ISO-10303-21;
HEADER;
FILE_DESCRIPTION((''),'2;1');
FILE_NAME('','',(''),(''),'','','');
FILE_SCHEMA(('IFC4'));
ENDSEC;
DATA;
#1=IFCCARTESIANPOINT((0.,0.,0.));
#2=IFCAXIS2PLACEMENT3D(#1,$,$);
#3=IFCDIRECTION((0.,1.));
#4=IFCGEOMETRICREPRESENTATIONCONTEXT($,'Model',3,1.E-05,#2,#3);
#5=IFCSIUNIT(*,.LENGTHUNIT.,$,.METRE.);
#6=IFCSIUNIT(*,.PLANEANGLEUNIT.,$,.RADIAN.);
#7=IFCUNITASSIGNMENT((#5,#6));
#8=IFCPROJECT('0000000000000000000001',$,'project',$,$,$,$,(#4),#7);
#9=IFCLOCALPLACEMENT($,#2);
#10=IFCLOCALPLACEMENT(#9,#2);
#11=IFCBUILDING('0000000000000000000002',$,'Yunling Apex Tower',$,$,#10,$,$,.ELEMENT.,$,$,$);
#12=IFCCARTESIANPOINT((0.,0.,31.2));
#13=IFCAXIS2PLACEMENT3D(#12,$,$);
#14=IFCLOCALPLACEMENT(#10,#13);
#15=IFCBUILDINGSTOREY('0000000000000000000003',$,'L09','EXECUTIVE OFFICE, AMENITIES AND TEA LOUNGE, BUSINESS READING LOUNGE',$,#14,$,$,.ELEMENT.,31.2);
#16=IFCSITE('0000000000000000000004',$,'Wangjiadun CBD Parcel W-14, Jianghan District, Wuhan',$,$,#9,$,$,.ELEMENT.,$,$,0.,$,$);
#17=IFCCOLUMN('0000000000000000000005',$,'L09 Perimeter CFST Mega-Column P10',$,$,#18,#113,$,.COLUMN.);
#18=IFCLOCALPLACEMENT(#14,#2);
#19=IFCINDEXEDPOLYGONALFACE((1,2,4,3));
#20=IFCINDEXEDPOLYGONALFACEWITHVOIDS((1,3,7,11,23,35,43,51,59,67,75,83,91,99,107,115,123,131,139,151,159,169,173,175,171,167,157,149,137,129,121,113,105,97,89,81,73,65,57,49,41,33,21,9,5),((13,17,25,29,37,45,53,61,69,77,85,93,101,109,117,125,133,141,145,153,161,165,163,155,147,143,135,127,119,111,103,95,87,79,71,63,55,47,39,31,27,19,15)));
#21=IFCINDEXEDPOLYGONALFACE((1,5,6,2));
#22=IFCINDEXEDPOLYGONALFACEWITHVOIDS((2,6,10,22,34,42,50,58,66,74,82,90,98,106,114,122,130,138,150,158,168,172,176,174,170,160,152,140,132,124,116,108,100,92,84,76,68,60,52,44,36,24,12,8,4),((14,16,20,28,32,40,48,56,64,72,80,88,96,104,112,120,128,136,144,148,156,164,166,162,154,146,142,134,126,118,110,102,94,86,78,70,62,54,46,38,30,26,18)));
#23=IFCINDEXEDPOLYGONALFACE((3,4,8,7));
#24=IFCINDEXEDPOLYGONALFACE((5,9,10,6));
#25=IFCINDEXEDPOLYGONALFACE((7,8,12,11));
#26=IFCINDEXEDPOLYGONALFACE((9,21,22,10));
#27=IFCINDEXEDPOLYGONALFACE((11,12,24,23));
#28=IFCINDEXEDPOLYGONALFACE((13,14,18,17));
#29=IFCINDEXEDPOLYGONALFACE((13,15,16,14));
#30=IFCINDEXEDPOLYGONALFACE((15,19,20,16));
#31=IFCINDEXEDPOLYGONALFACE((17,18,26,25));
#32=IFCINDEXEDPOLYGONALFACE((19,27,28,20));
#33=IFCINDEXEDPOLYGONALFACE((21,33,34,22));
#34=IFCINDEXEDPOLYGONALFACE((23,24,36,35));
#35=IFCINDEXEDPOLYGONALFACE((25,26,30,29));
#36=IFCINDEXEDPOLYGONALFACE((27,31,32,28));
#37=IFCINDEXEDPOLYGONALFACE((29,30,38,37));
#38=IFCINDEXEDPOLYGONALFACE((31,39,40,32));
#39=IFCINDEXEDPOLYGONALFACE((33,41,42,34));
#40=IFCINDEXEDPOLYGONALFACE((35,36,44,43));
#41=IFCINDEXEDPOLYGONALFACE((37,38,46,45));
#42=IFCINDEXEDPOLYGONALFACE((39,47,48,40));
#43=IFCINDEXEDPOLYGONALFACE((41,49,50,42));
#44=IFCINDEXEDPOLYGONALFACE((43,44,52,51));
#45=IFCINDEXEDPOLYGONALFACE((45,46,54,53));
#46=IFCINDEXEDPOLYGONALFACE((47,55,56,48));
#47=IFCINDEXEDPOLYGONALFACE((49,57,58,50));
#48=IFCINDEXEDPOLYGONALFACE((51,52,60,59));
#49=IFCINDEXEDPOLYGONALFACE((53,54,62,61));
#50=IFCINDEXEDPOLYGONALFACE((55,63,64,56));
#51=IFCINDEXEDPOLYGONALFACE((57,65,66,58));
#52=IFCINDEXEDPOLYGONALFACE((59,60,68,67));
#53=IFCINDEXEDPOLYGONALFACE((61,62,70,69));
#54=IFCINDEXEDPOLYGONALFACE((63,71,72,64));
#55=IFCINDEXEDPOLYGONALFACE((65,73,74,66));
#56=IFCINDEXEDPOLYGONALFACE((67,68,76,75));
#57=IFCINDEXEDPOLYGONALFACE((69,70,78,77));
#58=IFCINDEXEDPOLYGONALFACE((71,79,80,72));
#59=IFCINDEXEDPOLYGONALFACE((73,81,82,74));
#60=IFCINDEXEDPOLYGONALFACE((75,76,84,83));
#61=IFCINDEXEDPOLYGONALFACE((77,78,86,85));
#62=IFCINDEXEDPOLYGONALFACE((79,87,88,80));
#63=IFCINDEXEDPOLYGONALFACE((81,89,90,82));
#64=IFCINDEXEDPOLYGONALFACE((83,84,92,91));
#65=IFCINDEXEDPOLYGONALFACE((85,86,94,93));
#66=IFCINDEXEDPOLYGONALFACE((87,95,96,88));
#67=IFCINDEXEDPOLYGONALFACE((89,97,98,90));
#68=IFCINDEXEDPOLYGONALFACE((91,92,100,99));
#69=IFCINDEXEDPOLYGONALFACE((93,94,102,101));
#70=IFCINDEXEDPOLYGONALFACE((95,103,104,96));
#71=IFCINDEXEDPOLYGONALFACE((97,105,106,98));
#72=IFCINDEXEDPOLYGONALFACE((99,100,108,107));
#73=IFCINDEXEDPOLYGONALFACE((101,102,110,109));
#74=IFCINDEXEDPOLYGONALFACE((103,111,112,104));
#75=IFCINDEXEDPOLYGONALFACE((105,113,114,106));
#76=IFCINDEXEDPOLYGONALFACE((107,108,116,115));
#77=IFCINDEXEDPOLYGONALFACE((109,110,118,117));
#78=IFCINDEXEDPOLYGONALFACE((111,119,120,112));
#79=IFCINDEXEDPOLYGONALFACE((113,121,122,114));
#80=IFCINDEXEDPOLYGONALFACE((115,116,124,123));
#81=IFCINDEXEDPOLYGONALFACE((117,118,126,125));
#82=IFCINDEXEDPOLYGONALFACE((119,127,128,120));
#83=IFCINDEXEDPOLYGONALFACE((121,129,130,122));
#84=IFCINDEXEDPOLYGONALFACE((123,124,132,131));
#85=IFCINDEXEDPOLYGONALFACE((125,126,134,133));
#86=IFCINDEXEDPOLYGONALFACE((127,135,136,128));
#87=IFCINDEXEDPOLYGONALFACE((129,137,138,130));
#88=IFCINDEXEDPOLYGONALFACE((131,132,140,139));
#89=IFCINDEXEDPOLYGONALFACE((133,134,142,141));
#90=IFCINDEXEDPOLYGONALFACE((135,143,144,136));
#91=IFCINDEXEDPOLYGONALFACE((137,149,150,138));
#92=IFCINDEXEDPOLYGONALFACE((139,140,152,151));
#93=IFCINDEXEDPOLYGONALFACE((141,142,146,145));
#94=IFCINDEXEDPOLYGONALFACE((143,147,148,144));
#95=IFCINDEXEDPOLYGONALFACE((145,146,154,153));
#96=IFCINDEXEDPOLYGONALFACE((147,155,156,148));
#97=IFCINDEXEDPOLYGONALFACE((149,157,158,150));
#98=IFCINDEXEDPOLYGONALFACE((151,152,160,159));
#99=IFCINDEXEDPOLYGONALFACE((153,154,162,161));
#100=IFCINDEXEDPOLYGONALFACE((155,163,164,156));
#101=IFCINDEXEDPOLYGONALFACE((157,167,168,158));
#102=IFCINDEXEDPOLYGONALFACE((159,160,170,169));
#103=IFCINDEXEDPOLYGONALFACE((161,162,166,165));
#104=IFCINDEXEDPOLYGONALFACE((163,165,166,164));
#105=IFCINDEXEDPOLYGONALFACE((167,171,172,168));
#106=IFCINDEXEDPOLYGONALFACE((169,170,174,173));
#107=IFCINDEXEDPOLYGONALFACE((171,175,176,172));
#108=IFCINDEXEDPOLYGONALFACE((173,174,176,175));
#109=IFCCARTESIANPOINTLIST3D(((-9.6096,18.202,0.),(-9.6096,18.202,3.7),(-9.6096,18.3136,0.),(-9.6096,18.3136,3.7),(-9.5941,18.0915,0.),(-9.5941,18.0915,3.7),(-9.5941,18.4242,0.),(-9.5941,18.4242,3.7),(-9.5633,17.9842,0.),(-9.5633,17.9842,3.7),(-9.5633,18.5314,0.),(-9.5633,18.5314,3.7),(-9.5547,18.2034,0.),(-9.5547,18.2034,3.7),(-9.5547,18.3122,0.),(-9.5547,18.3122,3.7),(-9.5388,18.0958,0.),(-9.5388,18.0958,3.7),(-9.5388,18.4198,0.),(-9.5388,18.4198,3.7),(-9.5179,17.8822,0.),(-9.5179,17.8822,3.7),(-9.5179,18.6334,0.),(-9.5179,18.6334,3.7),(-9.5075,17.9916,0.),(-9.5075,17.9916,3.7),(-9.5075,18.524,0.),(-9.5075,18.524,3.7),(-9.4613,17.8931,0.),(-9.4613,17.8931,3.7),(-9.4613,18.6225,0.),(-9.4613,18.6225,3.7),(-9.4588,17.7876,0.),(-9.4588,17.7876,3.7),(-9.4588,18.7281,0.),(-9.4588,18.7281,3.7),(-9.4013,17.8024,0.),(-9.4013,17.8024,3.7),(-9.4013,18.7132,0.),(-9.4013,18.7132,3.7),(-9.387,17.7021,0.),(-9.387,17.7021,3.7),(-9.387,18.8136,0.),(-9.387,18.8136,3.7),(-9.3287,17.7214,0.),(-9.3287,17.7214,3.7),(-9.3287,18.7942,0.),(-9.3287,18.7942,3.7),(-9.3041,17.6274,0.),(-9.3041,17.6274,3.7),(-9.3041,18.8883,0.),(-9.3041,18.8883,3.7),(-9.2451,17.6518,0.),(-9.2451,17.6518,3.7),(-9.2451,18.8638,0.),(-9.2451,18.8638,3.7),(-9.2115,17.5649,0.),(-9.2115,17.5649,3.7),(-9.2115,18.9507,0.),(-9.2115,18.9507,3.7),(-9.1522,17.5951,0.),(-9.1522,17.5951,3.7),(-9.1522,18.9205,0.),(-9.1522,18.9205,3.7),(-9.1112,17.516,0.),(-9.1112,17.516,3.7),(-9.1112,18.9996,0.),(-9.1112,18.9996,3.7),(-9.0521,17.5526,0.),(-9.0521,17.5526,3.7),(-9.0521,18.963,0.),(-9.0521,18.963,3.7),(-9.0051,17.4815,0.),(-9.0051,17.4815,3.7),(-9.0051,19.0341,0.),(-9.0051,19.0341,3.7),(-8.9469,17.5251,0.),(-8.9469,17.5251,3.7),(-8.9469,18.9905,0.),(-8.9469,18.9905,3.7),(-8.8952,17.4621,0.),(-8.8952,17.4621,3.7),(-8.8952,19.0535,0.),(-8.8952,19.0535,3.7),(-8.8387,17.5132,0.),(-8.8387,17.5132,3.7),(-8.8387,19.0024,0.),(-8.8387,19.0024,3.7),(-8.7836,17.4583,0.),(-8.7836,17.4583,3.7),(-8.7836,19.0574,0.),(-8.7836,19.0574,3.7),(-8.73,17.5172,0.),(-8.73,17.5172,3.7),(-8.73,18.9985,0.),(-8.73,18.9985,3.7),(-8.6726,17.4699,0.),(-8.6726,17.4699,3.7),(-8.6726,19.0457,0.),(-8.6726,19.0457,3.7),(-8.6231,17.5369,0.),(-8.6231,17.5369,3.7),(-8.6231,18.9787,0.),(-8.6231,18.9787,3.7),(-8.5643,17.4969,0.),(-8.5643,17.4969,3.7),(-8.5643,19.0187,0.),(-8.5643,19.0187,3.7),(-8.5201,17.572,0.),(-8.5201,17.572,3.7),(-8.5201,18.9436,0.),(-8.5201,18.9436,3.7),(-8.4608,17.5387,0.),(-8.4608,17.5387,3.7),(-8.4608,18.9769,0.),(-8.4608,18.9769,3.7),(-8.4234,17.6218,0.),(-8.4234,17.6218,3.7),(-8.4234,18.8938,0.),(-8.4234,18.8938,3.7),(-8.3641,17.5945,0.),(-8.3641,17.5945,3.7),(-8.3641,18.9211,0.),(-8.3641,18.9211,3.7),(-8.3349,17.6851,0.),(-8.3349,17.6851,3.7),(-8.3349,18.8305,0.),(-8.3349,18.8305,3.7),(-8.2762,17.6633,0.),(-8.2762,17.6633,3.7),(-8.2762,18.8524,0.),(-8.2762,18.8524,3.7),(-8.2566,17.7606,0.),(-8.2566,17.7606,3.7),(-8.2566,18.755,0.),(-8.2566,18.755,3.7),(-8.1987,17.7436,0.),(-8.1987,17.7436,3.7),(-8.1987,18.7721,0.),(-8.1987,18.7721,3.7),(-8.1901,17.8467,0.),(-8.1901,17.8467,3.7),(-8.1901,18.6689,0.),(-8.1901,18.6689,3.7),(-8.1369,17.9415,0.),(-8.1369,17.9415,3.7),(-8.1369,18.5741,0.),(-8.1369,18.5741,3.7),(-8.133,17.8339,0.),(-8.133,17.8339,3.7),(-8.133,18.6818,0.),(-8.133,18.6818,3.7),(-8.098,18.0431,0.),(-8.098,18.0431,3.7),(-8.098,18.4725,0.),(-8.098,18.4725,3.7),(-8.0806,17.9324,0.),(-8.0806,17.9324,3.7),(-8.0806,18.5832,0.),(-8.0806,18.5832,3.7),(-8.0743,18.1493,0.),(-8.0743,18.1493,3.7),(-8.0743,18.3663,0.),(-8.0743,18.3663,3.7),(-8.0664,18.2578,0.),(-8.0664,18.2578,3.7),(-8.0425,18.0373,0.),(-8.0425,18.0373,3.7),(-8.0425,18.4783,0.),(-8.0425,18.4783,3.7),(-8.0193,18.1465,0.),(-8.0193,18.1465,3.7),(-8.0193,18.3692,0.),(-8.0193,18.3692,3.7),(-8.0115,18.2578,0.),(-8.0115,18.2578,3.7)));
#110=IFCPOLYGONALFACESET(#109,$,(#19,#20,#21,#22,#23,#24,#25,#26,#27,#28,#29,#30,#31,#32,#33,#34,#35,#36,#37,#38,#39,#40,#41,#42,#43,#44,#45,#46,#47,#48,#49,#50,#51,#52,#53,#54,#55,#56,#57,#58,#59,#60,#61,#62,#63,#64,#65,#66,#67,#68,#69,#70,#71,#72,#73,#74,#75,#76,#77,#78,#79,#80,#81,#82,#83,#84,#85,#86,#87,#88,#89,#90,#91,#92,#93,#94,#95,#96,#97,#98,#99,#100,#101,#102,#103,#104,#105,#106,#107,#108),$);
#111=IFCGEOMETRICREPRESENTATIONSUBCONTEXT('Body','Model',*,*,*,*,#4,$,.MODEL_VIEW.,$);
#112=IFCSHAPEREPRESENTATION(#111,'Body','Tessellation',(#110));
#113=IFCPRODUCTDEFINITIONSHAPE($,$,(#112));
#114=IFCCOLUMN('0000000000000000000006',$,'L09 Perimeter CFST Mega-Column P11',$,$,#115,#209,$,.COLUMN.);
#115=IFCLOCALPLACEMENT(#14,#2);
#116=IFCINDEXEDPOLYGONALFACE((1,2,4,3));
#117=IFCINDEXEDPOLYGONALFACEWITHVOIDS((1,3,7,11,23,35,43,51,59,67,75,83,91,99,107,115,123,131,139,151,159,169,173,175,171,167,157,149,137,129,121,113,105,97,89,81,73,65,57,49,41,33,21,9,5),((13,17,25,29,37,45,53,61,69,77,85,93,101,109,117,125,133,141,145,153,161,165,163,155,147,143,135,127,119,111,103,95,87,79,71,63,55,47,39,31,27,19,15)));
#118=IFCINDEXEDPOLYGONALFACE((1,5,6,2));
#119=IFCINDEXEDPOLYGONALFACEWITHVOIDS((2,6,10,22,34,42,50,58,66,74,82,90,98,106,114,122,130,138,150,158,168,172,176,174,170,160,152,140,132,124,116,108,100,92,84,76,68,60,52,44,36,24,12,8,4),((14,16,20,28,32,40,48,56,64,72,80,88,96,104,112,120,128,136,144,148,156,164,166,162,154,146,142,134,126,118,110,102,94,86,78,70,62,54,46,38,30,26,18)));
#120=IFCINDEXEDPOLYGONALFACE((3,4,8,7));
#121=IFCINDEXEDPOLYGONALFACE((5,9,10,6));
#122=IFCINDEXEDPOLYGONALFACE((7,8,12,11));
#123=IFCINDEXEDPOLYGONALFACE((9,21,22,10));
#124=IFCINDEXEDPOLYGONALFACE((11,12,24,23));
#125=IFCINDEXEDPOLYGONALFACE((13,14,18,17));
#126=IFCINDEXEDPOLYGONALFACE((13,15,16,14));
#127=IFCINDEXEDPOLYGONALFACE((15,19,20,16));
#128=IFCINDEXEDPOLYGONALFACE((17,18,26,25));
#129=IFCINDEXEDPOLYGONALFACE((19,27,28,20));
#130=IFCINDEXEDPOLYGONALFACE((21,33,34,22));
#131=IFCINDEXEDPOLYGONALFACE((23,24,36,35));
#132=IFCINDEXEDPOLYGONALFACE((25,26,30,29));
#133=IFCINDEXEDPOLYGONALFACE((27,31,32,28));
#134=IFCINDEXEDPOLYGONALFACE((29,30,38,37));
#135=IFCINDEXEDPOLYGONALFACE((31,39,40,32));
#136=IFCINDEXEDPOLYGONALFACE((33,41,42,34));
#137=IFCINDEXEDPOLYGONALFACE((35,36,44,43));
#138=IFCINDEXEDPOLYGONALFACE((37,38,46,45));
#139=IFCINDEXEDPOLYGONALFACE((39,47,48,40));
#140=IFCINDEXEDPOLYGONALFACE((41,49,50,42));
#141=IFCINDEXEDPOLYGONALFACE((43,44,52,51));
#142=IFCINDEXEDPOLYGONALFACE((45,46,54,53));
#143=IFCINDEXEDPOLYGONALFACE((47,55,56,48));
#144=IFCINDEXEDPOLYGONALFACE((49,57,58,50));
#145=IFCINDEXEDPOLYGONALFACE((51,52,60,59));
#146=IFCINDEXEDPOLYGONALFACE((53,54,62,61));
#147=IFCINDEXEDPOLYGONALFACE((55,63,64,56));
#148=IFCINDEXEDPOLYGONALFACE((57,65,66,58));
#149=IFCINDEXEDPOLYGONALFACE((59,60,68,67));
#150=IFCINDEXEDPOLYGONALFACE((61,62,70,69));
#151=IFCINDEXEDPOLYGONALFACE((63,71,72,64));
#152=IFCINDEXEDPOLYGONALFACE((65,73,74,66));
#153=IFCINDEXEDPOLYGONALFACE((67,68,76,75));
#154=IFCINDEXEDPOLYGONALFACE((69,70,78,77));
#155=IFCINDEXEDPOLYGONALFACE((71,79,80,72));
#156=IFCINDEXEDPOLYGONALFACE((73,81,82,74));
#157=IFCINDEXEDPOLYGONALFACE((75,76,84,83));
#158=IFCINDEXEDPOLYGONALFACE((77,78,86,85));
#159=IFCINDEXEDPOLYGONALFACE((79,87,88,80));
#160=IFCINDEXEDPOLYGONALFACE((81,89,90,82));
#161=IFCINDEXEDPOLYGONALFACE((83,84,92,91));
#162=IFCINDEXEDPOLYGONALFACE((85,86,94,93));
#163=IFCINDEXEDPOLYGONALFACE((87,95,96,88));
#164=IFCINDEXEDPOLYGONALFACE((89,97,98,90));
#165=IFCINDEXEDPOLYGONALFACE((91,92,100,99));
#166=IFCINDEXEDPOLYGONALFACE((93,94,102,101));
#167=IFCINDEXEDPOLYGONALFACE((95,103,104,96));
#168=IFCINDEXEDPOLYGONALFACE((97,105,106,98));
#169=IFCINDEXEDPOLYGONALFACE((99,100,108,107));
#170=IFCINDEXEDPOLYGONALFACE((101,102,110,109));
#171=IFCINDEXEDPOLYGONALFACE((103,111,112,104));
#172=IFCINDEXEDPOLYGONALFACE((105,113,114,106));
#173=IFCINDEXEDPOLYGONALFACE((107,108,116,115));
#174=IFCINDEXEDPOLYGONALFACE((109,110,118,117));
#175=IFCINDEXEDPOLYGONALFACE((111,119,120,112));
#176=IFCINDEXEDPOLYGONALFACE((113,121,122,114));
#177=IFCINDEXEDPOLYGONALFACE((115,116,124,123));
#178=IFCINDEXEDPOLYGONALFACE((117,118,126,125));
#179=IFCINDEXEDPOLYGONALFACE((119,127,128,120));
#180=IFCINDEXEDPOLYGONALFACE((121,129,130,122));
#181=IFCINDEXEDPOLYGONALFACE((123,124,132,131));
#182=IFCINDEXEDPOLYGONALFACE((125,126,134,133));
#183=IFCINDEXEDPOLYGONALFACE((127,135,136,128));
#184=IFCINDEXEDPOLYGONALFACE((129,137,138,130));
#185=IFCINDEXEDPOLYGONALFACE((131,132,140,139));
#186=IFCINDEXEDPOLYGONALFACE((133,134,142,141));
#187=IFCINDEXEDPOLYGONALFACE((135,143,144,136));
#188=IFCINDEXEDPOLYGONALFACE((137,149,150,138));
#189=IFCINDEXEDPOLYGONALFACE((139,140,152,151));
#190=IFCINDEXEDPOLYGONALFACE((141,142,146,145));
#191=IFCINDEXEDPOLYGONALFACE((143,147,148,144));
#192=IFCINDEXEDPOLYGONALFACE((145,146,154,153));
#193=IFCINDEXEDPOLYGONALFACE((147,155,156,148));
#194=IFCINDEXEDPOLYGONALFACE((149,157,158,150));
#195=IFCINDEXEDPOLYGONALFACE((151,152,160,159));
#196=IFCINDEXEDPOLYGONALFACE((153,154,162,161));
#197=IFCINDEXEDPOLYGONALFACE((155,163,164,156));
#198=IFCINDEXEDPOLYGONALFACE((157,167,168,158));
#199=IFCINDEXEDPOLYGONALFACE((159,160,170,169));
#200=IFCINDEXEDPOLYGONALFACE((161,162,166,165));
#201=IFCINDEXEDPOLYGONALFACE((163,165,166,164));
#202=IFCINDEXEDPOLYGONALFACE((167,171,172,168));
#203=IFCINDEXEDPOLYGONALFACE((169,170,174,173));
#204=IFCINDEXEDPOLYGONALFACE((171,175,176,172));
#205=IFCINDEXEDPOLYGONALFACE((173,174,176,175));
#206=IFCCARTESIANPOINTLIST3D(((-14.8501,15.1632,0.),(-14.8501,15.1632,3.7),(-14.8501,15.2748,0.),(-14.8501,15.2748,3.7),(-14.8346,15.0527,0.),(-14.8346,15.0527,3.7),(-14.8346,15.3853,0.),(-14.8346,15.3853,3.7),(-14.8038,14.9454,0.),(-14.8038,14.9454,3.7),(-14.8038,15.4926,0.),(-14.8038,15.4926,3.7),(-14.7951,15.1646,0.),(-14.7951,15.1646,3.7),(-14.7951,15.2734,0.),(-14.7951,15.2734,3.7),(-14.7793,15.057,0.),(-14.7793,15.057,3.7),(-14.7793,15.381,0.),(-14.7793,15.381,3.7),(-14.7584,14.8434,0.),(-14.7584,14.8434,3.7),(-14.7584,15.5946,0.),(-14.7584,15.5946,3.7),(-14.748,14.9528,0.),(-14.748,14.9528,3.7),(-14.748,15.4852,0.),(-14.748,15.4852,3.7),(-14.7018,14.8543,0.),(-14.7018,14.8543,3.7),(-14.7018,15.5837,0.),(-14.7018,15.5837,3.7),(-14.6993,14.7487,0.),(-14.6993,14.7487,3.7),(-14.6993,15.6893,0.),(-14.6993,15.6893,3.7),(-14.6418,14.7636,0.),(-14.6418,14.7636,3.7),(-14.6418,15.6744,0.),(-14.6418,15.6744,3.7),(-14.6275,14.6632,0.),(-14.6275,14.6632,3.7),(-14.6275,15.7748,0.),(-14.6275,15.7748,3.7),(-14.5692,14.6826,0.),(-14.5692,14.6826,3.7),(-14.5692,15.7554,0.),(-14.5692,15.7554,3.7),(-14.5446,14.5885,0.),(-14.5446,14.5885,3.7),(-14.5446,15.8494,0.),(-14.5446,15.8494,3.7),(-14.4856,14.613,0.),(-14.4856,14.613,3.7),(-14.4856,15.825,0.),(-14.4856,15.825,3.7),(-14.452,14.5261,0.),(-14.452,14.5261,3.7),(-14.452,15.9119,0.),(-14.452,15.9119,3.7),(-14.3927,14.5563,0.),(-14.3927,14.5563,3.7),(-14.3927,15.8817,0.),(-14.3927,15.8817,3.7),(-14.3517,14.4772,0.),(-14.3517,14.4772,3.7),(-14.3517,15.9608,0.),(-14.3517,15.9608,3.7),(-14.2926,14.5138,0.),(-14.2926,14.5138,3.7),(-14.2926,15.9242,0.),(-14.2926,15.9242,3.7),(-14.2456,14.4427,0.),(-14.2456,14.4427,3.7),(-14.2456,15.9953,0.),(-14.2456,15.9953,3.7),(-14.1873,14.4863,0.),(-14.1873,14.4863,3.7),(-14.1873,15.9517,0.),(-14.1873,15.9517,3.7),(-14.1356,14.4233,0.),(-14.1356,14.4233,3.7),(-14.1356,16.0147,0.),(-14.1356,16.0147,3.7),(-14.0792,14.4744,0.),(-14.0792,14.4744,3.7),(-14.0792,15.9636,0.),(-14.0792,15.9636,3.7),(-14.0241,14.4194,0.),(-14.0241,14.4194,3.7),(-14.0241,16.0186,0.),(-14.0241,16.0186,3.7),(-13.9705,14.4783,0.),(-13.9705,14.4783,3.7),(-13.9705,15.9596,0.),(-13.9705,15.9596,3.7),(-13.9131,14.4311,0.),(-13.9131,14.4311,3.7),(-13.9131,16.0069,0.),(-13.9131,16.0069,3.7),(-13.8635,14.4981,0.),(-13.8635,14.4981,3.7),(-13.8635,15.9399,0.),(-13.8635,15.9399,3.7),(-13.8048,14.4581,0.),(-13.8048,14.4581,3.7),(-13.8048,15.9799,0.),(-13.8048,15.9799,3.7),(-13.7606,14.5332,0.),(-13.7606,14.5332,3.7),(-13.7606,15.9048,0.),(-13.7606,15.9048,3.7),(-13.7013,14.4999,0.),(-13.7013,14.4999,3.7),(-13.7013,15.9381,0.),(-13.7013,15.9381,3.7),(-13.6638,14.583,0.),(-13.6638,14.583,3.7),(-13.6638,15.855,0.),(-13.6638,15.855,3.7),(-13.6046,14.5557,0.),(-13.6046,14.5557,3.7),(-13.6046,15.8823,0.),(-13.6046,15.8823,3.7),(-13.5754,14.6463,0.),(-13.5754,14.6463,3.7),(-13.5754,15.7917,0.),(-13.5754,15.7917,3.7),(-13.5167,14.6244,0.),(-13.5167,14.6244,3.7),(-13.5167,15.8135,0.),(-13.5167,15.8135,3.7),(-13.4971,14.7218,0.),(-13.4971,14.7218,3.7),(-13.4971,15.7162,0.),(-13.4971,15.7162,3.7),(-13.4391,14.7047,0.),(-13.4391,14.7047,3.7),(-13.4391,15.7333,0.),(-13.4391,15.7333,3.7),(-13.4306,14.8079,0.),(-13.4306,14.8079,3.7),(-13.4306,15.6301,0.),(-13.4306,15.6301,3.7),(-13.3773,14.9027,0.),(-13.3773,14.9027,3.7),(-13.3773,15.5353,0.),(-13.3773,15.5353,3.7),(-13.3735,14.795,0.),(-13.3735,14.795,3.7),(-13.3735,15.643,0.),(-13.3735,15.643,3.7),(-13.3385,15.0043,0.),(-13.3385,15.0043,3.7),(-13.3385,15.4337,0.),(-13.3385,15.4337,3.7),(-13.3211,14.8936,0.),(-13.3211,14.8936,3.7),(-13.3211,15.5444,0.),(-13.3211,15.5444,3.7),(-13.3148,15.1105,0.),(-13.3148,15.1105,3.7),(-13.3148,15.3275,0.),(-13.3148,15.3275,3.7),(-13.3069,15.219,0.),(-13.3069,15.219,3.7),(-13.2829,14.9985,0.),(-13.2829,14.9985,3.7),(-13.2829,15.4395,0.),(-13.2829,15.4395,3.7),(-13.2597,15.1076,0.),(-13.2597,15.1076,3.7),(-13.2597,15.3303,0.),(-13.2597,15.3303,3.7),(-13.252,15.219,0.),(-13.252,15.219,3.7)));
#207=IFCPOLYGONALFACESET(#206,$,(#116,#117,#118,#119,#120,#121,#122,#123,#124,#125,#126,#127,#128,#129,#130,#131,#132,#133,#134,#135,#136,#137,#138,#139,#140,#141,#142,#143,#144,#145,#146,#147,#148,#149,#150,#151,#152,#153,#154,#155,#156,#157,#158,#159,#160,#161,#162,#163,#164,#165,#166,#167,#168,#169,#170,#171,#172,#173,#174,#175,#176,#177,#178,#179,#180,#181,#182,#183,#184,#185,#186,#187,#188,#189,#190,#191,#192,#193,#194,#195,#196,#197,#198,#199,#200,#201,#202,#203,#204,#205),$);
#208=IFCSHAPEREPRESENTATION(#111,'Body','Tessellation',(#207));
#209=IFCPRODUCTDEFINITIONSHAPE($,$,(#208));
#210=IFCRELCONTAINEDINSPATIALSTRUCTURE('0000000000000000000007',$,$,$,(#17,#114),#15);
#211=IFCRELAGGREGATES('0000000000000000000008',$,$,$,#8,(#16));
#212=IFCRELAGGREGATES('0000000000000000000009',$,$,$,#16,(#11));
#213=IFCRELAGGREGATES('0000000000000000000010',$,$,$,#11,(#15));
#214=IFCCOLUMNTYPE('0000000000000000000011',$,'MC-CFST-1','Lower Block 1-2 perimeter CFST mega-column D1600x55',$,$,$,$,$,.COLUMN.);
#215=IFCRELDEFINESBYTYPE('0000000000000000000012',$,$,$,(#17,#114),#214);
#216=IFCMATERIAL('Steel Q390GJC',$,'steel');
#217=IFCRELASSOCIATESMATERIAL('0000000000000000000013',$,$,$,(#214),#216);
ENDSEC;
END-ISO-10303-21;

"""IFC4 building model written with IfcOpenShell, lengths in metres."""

from ifc_helpers import new_model, si_unit, direction, frame, origin, origin_2d, place, context, subcontext, project, spatial, hollow_circle, extrude, source, transform, mapped, material, material_profile, profile_set, type_object, element, save


model = new_model("IFC4")

# Units and contexts
model_context = context("Model", 3, precision=1e-05, world=origin(), true_north=direction((0.0, 1.0)))
body_context = subcontext(model_context, "Body", "Model", "MODEL_VIEW")
ifc_project = project(units=[si_unit("LENGTHUNIT", "METRE"), si_unit("PLANEANGLEUNIT", "RADIAN")], contexts=[model_context])

# Site, building, storey
site_placement = place(None, origin())
site = spatial("IfcSite", under=ifc_project, at=site_placement, Name="Wangjiadun CBD Parcel W-14, Jianghan District, Wuhan", CompositionType="ELEMENT", RefElevation=0.0)
building_placement = place(site_placement, origin())
building = spatial("IfcBuilding", under=site, at=building_placement, Name="Yunling Apex Tower", CompositionType="ELEMENT")
storey_placement = place(building_placement, frame((0.0, 0.0, 31.2)))
storey = spatial("IfcBuildingStorey", under=building, at=storey_placement, Name="L09", Description="EXECUTIVE OFFICE, AMENITIES AND TEA LOUNGE, BUSINESS READING LOUNGE", CompositionType="ELEMENT", Elevation=31.2)

# Columns
ifc_material_1 = material(Name="Steel Q390GJC", Category="steel")
ifc_material_profile_1 = material_profile(ifc_material_1, hollow_circle(Radius=0.8, WallThickness=0.0549, at=origin_2d()))
ifc_profile_set_1 = profile_set([ifc_material_profile_1], Name="Steel Q390GJC")
column_type = type_object("IfcColumnType", Name="MC-CFST-1", Description="Lower Block 1-2 perimeter CFST mega-column D1600x55", PredefinedType="COLUMN", material=ifc_profile_set_1)
shared_shape_1 = source(origin(), body_context, "Body", "SweptSolid", [
    extrude(hollow_circle(Radius=0.8, WallThickness=0.0549, at=origin_2d()), origin(), (0.0, 0.0, 1.0), 3.7),
])
for number, where, z_axis, x_axis, name in (
    (1, (-8.8115, 18.2578, 0.0), (0.0, 0.0, 1.0), (1.0, 0.0, 0.0), "L09 Perimeter CFST Mega-Column P10"),
    (2, (-14.052, 15.219, 0.0), (0.0, 0.0, 1.0), (1.0, 0.0, 0.0), "L09 Perimeter CFST Mega-Column P11"),
):
    element("IfcColumn", number, at=place(storey_placement, frame(where, z_axis=z_axis, x_axis=x_axis)), inside=storey, type_object=column_type, Name=name, PredefinedType="COLUMN", context=body_context, shape_type="MappedRepresentation", body=[
        mapped(shared_shape_1, transform((0.0, 0.0, 0.0), scale=1.0)),
    ])

save(model, "model.ifc")
